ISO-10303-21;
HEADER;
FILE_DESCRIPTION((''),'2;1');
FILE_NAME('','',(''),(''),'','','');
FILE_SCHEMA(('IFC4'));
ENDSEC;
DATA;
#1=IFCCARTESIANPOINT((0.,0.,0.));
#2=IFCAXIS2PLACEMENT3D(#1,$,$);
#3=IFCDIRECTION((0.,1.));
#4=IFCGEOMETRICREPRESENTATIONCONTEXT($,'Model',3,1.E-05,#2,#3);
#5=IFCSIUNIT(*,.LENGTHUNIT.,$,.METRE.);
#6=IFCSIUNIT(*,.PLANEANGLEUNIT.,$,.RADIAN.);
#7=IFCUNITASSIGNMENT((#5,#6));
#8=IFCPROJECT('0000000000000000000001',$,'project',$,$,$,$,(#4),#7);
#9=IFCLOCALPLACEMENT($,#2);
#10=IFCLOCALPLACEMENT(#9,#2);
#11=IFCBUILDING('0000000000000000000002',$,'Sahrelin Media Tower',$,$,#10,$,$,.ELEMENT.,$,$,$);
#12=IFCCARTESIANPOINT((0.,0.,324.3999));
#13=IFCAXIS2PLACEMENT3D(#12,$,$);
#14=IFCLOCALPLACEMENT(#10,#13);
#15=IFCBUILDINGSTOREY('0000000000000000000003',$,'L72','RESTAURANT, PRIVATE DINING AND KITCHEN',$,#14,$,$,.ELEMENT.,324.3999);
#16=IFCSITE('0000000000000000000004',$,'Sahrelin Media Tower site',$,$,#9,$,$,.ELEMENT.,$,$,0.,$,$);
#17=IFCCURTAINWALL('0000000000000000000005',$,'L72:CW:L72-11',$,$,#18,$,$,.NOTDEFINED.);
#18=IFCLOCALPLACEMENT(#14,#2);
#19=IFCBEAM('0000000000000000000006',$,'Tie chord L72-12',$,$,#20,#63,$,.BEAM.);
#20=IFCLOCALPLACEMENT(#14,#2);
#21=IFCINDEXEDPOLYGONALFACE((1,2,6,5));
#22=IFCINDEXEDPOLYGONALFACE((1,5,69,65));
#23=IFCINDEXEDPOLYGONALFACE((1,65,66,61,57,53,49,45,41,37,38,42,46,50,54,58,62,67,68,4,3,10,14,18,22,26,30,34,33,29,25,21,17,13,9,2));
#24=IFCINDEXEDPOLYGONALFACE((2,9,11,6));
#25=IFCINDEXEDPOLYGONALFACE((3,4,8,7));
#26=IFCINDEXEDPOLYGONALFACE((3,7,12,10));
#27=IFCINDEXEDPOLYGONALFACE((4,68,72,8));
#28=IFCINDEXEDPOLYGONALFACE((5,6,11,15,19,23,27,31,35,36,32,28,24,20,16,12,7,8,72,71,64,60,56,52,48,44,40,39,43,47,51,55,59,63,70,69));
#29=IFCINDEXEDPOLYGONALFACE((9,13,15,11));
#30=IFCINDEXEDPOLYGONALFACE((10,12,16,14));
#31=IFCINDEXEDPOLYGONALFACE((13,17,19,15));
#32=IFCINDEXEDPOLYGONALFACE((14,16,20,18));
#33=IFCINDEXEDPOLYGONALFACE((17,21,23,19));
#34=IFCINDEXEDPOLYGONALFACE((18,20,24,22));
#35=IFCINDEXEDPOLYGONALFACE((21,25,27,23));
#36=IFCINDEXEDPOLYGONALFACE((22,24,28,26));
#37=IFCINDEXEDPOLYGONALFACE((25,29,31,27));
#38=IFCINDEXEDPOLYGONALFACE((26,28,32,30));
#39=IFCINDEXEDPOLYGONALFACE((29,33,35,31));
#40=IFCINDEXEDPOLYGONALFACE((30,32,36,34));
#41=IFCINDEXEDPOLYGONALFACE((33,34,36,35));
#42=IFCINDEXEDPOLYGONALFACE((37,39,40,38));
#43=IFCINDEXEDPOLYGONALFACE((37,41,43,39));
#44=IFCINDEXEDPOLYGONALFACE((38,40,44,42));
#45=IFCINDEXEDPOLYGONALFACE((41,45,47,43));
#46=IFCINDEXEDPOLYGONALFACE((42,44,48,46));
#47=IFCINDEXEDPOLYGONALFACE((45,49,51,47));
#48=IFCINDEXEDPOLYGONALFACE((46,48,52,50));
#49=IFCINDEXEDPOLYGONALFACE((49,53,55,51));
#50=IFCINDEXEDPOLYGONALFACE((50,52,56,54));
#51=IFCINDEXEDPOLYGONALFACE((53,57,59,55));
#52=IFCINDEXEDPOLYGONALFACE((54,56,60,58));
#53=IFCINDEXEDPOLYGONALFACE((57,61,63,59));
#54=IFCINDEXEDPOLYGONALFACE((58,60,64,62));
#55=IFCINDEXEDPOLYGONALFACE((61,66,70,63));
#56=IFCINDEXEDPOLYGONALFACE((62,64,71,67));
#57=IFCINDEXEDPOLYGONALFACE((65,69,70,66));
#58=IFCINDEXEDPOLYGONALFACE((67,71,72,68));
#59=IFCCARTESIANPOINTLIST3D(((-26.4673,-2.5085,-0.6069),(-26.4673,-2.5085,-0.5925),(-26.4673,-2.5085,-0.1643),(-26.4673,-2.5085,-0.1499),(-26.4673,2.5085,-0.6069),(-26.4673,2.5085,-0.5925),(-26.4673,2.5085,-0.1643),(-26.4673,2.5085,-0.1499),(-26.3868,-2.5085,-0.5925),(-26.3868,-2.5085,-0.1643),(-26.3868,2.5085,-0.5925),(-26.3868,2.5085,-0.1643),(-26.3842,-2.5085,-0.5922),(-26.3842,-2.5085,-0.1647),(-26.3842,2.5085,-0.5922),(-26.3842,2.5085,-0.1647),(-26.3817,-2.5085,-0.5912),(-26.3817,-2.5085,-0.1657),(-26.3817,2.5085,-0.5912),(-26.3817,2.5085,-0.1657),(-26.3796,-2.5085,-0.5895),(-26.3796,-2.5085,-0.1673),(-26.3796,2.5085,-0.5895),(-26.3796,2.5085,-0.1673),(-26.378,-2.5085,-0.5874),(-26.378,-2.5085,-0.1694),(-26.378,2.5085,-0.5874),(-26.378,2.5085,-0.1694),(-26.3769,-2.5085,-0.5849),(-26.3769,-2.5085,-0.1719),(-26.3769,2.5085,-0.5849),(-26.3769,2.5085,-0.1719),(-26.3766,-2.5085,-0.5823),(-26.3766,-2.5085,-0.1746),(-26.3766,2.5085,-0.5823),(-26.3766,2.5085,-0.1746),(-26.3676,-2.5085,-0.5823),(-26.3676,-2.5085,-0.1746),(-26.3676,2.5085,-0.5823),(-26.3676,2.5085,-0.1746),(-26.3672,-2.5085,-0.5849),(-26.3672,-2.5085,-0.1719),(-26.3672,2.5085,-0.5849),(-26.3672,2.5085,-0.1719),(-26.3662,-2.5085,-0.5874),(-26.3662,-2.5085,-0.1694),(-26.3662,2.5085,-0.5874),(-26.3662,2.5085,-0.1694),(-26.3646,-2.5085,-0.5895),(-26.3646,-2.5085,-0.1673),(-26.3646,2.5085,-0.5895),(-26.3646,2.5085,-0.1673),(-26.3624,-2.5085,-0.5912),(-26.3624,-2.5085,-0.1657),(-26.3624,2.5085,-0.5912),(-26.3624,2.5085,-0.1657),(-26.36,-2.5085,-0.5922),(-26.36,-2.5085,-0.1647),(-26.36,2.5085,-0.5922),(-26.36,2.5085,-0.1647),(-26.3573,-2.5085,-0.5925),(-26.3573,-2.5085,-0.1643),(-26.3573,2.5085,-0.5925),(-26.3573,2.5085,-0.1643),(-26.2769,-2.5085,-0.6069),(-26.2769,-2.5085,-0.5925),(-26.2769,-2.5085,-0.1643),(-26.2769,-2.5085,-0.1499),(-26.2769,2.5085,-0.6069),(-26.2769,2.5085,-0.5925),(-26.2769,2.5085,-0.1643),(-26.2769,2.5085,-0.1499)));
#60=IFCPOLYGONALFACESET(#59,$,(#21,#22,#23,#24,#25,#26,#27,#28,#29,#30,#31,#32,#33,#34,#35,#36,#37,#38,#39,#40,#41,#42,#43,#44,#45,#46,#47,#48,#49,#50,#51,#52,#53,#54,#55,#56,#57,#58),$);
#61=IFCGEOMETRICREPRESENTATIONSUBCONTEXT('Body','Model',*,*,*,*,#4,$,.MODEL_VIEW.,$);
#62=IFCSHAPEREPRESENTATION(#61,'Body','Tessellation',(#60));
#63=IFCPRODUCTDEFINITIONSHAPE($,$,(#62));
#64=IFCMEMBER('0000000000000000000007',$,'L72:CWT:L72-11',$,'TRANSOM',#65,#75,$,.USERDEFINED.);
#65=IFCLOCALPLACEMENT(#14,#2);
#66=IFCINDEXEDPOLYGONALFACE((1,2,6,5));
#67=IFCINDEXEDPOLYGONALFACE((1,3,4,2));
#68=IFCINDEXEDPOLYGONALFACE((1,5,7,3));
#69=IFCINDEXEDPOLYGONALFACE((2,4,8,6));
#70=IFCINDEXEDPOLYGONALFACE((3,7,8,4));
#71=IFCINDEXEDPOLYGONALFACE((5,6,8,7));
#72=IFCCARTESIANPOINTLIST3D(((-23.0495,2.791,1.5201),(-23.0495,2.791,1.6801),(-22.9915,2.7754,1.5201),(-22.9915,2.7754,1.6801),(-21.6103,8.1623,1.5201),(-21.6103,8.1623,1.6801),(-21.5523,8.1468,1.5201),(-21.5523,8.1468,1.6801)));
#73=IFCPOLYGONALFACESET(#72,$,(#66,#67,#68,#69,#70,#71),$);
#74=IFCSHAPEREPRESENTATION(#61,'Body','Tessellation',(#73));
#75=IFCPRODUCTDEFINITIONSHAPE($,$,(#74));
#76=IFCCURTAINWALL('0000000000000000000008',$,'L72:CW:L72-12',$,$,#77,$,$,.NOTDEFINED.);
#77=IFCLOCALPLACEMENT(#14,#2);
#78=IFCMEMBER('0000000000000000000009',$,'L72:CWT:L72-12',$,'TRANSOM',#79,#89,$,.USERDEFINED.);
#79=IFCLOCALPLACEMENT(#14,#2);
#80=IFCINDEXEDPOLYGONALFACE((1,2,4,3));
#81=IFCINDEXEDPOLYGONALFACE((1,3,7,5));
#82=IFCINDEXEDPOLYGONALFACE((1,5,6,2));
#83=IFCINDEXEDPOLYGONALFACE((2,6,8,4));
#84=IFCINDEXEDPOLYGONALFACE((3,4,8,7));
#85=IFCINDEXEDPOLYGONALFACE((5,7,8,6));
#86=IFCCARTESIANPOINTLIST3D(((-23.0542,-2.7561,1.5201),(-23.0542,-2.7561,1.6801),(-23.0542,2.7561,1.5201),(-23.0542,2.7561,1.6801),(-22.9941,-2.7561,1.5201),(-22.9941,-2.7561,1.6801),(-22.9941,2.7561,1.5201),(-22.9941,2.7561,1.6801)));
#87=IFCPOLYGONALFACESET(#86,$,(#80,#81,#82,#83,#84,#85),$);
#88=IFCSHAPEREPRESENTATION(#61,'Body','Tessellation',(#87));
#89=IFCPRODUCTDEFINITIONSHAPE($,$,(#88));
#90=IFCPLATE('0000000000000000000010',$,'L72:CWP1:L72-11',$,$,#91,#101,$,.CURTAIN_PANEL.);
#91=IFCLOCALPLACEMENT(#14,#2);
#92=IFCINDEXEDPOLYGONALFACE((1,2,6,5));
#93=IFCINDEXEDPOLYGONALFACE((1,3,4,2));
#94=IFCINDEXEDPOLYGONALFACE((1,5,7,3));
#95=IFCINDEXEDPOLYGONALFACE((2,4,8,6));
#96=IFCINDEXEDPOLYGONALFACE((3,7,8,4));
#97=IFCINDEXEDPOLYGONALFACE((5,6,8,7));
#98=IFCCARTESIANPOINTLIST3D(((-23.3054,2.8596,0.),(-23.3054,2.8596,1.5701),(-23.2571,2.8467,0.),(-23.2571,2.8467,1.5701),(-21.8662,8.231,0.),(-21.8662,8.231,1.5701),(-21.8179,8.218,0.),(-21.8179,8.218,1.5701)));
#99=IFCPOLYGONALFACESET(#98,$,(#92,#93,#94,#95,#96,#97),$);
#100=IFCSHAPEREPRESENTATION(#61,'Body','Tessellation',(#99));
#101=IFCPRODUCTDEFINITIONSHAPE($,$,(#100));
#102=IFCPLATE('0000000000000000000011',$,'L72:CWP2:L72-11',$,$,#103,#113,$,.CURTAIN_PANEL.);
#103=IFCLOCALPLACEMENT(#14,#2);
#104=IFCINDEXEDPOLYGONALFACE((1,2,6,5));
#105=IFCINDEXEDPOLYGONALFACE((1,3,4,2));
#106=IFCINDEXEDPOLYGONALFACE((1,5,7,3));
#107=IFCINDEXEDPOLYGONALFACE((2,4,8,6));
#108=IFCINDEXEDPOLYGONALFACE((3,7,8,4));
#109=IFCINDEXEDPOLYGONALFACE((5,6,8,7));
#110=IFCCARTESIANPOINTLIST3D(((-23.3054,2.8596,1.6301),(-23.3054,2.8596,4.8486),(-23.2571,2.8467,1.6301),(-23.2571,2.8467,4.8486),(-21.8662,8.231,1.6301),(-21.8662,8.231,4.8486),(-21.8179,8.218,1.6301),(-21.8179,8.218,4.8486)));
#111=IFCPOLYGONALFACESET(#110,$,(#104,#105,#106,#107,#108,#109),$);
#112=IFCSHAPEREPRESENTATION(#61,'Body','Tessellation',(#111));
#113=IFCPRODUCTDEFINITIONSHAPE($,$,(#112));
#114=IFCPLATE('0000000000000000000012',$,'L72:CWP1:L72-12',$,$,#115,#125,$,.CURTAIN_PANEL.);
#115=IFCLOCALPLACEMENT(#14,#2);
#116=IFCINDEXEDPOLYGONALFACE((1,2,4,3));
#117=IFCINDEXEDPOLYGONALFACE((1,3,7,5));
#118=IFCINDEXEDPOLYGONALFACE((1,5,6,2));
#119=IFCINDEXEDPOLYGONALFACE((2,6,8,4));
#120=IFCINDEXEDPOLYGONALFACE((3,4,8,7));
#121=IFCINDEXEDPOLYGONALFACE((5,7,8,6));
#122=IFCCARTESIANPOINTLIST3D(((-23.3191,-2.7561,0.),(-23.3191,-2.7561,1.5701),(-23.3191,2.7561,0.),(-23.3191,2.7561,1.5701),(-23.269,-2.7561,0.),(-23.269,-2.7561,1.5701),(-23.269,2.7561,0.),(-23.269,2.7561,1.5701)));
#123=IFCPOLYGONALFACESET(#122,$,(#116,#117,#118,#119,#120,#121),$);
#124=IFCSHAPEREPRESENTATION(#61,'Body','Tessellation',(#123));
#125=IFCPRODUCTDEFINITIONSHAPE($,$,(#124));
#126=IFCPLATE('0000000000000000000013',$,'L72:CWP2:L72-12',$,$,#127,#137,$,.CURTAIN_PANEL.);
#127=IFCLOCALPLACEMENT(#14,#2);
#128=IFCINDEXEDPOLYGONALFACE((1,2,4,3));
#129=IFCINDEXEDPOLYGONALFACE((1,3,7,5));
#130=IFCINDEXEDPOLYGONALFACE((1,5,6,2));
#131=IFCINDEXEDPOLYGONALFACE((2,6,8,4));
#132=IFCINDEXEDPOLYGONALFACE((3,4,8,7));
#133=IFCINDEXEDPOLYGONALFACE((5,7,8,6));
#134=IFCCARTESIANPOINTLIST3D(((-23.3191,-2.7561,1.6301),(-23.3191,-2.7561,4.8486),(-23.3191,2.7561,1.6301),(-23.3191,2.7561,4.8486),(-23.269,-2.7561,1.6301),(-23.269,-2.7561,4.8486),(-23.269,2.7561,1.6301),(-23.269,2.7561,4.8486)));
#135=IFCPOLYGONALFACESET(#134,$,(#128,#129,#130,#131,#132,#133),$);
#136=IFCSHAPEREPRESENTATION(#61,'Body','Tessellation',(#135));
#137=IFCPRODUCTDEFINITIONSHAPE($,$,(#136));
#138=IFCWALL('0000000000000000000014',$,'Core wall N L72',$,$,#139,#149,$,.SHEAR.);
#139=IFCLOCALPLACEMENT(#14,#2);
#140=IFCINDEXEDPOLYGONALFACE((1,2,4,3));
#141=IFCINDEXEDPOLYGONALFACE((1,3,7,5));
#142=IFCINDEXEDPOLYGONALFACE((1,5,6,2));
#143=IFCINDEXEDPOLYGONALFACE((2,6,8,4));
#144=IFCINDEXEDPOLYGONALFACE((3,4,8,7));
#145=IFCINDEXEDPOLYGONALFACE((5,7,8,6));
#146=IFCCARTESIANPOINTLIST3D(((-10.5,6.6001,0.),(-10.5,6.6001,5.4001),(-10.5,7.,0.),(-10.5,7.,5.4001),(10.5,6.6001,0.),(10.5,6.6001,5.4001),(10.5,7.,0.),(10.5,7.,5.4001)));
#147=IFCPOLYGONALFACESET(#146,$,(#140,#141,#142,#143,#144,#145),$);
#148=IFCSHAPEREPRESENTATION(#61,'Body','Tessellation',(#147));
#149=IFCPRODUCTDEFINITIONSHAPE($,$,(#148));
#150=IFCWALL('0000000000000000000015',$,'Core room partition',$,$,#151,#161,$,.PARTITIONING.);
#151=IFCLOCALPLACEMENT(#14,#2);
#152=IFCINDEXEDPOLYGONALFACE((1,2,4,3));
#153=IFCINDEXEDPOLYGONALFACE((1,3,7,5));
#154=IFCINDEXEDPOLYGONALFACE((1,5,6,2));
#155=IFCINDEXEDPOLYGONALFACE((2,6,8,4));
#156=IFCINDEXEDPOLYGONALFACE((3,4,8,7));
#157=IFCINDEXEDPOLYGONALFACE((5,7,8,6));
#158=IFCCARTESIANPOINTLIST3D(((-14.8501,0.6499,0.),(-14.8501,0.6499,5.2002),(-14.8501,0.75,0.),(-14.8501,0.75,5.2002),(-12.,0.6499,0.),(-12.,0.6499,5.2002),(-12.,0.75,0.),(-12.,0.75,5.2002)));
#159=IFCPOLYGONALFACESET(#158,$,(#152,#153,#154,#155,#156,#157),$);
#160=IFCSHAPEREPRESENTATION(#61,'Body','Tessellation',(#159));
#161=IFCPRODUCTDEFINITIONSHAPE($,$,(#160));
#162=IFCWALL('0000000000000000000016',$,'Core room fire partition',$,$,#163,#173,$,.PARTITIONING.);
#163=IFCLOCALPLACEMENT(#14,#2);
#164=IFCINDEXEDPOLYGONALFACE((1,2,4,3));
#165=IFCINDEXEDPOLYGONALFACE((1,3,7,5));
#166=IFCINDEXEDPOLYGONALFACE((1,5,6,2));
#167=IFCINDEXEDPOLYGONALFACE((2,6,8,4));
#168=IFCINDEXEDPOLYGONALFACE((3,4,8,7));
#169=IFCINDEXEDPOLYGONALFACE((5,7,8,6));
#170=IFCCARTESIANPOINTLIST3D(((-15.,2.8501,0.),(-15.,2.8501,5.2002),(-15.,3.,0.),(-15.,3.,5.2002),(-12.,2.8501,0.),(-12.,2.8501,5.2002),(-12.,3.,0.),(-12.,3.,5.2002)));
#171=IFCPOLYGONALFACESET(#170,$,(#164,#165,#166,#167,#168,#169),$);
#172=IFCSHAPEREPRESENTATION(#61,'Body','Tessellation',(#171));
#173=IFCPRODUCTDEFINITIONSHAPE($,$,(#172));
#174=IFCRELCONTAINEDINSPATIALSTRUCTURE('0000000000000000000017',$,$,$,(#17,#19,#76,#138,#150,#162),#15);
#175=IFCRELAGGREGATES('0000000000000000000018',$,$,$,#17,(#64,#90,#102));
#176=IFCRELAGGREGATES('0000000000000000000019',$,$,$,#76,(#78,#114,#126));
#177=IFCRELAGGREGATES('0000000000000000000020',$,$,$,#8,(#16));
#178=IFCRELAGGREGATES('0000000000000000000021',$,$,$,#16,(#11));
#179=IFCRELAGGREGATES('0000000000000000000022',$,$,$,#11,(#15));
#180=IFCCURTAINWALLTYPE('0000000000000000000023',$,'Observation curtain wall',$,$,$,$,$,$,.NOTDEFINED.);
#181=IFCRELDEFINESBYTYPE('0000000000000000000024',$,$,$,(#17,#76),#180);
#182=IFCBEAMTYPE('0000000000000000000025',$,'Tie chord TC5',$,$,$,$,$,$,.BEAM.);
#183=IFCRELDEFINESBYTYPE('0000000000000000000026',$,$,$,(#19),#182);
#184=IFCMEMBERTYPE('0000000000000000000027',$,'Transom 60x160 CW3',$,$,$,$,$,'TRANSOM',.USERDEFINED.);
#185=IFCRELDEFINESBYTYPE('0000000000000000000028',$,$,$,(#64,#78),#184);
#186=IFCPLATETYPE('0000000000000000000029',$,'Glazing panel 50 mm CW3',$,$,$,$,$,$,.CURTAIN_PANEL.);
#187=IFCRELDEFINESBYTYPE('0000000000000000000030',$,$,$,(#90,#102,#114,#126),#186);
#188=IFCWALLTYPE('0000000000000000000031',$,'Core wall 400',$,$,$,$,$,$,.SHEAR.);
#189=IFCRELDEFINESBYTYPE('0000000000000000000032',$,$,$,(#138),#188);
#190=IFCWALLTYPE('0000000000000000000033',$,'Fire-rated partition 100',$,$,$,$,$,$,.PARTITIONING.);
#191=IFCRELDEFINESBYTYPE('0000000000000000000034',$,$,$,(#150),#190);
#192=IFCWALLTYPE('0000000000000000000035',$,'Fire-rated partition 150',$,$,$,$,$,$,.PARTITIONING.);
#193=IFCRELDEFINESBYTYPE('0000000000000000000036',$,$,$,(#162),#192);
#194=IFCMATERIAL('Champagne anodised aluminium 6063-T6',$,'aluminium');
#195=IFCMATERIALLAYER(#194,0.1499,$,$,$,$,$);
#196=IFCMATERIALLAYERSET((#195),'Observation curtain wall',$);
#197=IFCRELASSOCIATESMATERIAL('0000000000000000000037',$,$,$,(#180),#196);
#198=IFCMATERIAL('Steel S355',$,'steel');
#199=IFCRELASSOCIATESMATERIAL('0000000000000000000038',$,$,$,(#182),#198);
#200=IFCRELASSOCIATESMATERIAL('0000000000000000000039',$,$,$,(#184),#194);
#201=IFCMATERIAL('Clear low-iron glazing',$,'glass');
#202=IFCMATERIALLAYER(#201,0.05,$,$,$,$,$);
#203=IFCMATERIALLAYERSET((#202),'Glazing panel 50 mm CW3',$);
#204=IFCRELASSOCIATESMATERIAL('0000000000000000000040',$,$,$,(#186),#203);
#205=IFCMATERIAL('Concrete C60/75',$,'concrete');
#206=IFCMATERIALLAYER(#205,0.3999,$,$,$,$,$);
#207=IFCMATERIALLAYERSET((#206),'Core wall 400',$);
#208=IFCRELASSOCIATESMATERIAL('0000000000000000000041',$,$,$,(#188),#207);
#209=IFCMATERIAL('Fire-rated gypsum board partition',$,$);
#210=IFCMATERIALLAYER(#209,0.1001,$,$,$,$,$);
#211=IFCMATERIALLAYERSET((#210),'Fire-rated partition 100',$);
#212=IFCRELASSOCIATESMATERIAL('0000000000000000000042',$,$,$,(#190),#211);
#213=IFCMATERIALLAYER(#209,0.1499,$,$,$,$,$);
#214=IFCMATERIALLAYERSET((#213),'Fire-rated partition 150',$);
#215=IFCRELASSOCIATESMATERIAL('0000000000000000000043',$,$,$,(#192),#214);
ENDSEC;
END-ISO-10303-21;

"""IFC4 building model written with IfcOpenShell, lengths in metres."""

from ifc_helpers import new_model, si_unit, direction, frame, frame_2d, origin, origin_2d, place, context, subcontext, project, spatial, polyline, rectangle, i_section, outline, extrude, material, layer, layer_set, material_profile, profile_set, type_object, element, aggregate, save


model = new_model("IFC4")

# Units and contexts
model_context = context("Model", 3, precision=1e-05, world=origin(), true_north=direction((0.0, 1.0)))
body_context = subcontext(model_context, "Body", "Model", "MODEL_VIEW")
ifc_project = project(units=[si_unit("LENGTHUNIT", "METRE"), si_unit("PLANEANGLEUNIT", "RADIAN")], contexts=[model_context])

# Site, building, storey
site_placement = place(None, origin())
site = spatial("IfcSite", under=ifc_project, at=site_placement, Name="Sahrelin Media Tower site", CompositionType="ELEMENT", RefElevation=0.0)
building_placement = place(site_placement, origin())
building = spatial("IfcBuilding", under=site, at=building_placement, Name="Sahrelin Media Tower", CompositionType="ELEMENT")
storey_placement = place(building_placement, frame((0.0, 0.0, 324.3999)))
storey = spatial("IfcBuildingStorey", under=building, at=storey_placement, Name="L72", Description="RESTAURANT, PRIVATE DINING AND KITCHEN", CompositionType="ELEMENT", Elevation=324.3999)

# Shared definitions
ifc_material_1 = material(Name="Steel S355", Category="steel")

# Curtain wall
ifc_material_2 = material(Name="Champagne anodised aluminium 6063-T6", Category="aluminium")
ifc_layer_1 = layer(ifc_material_2, 0.1499)
ifc_layer_set_1 = layer_set([ifc_layer_1], Name="Observation curtain wall")
curtain_wall_type = type_object("IfcCurtainWallType", Name="Observation curtain wall", PredefinedType="NOTDEFINED", material=ifc_layer_set_1)
curtain_wall_1_placement = place(storey_placement, frame((-22.5664, 5.5403, 0.0), z_axis=(0.0, 0.0, 1.0), x_axis=(1.0, 0.0, 0.0)))
curtain_wall_1 = element("IfcCurtainWall", 1, at=curtain_wall_1_placement, inside=storey, type_object=curtain_wall_type, Name="L72:CW:L72-11", PredefinedType="NOTDEFINED")

# Beam
ifc_material_profile_1 = material_profile(ifc_material_1, i_section(OverallWidth=0.1904, OverallDepth=0.457, WebThickness=0.009, FlangeThickness=0.0144, FilletRadius=0.0103, at=origin_2d()), Name="UB 457x191x74")
ifc_profile_set_1 = profile_set([ifc_material_profile_1], Name="Steel S355")
beam_type_1 = type_object("IfcBeamType", Name="Tie chord TC5", PredefinedType="BEAM", material=ifc_profile_set_1)
beam_1_placement = place(storey_placement, frame((-26.3721, 2.5085, -0.3784), z_axis=(0.0, -1.0, 0.0), x_axis=(1.0, 0.0, 0.0)))
element("IfcBeam", 2, at=beam_1_placement, inside=storey, type_object=beam_type_1, Name="Tie chord L72-12", PredefinedType="BEAM", context=body_context, shape_type="SweptSolid", body=[
    extrude(i_section(OverallWidth=0.1904, OverallDepth=0.457, WebThickness=0.009, FlangeThickness=0.0144, FilletRadius=0.0103, at=origin_2d()), origin(), (0.0, 0.0, 1.0), 5.0171),
])

# Member
ifc_material_profile_2 = material_profile(ifc_material_2, rectangle(XDim=0.0601, YDim=0.1599, at=origin_2d()), Name="Transom 60x160")
ifc_profile_set_2 = profile_set([ifc_material_profile_2], Name="Champagne anodised aluminium 6063-T6")
member_type_1 = type_object("IfcMemberType", Name="Transom 60x160 CW3", ElementType="TRANSOM", PredefinedType="USERDEFINED", material=ifc_profile_set_2)
member_1_placement = place(storey_placement, frame((-21.5813, 8.1545, 1.6001), z_axis=(-0.258813, -0.965927, 0.0), x_axis=(0.965927, -0.258813, 0.0)))
member_1 = element("IfcMember", 3, at=member_1_placement, type_object=member_type_1, Name="L72:CWT:L72-11", ObjectType="TRANSOM", PredefinedType="USERDEFINED", context=body_context, shape_type="SweptSolid", body=[
    extrude(rectangle(XDim=0.0601, YDim=0.1599, at=origin_2d()), origin(), (0.0, 0.0, 1.0), 5.5608),
])

# Curtain wall, member
curtain_wall_2_placement = place(storey_placement, frame((-23.2991, 0.0, 0.0), z_axis=(0.0, 0.0, 1.0), x_axis=(1.0, 0.0, 0.0)))
curtain_wall_2 = element("IfcCurtainWall", 4, at=curtain_wall_2_placement, inside=storey, type_object=curtain_wall_type, Name="L72:CW:L72-12", PredefinedType="NOTDEFINED")
member_2_placement = place(storey_placement, frame((-23.0242, 2.7561, 1.6001), z_axis=(0.0, -1.0, 0.0), x_axis=(1.0, 0.0, 0.0)))
member_2 = element("IfcMember", 5, at=member_2_placement, type_object=member_type_1, Name="L72:CWT:L72-12", ObjectType="TRANSOM", PredefinedType="USERDEFINED", context=body_context, shape_type="SweptSolid", body=[
    extrude(rectangle(XDim=0.0601, YDim=0.1599, at=origin_2d()), origin(), (0.0, 0.0, 1.0), 5.5122),
])

# Plates
ifc_material_3 = material(Name="Clear low-iron glazing", Category="glass")
ifc_layer_2 = layer(ifc_material_3, 0.05)
ifc_layer_set_2 = layer_set([ifc_layer_2], Name="Glazing panel 50 mm CW3")
plate_type = type_object("IfcPlateType", Name="Glazing panel 50 mm CW3", PredefinedType="CURTAIN_PANEL", material=ifc_layer_set_2)
plate_1_placement = place(storey_placement, frame((-21.8662, 8.231, 0.0), z_axis=(-0.965927, 0.258813, 0.0), x_axis=(-0.258813, -0.965927, 0.0)))
plate_1 = element("IfcPlate", 6, at=plate_1_placement, type_object=plate_type, Name="L72:CWP1:L72-11", PredefinedType="CURTAIN_PANEL", context=body_context, shape_type="SweptSolid", body=[
    extrude(outline(polyline([(0.0, 0.0), (5.5608, 0.0), (5.5608, 1.5701), (0.0, 1.5701), (0.0, 0.0)])), origin(), (0.0, 0.0, -1.0), 0.05),
])
plate_2_placement = place(storey_placement, frame((-21.8662, 8.231, 1.6301), z_axis=(-0.965927, 0.258813, 0.0), x_axis=(-0.258813, -0.965927, 0.0)))
plate_2 = element("IfcPlate", 7, at=plate_2_placement, type_object=plate_type, Name="L72:CWP2:L72-11", PredefinedType="CURTAIN_PANEL", context=body_context, shape_type="SweptSolid", body=[
    extrude(outline(polyline([(0.0, 0.0), (5.5608, 0.0), (5.5608, 3.2185), (0.0, 3.2185), (0.0, 0.0)])), origin(), (0.0, 0.0, -1.0), 0.05),
])
aggregate(curtain_wall_1, [member_1, plate_1, plate_2])
plate_3_placement = place(storey_placement, frame((-23.3191, 2.7561, 0.0), z_axis=(-1.0, 0.0, 0.0), x_axis=(0.0, -1.0, 0.0)))
plate_3 = element("IfcPlate", 8, at=plate_3_placement, type_object=plate_type, Name="L72:CWP1:L72-12", PredefinedType="CURTAIN_PANEL", context=body_context, shape_type="SweptSolid", body=[
    extrude(outline(polyline([(0.0, 0.0), (5.5122, 0.0), (5.5122, 1.5701), (0.0, 1.5701), (0.0, 0.0)])), origin(), (0.0, 0.0, -1.0), 0.05),
])
plate_4_placement = place(storey_placement, frame((-23.3191, 2.7561, 1.6301), z_axis=(-1.0, 0.0, 0.0), x_axis=(0.0, -1.0, 0.0)))
plate_4 = element("IfcPlate", 9, at=plate_4_placement, type_object=plate_type, Name="L72:CWP2:L72-12", PredefinedType="CURTAIN_PANEL", context=body_context, shape_type="SweptSolid", body=[
    extrude(outline(polyline([(0.0, 0.0), (5.5122, 0.0), (5.5122, 3.2185), (0.0, 3.2185), (0.0, 0.0)])), origin(), (0.0, 0.0, -1.0), 0.05),
])
aggregate(curtain_wall_2, [member_2, plate_3, plate_4])

# Walls
ifc_material_4 = material(Name="Concrete C60/75", Category="concrete")
ifc_layer_3 = layer(ifc_material_4, 0.3999)
ifc_layer_set_3 = layer_set([ifc_layer_3], Name="Core wall 400")
wall_type_1 = type_object("IfcWallType", Name="Core wall 400", PredefinedType="SHEAR", material=ifc_layer_set_3)
wall_1_placement = place(storey_placement, frame((-10.5, 6.8, 0.0), z_axis=(0.0, 0.0, 1.0), x_axis=(1.0, 0.0, 0.0)))
element("IfcWall", 10, at=wall_1_placement, inside=storey, type_object=wall_type_1, Name="Core wall N L72", PredefinedType="SHEAR", context=body_context, shape_type="SweptSolid", body=[
    extrude(rectangle(XDim=21.0, YDim=0.3999, at=frame_2d((10.5, 0.0))), origin(), (0.0, 0.0, 1.0), 5.4001),
])
ifc_material_5 = material(Name="Fire-rated gypsum board partition")
ifc_layer_4 = layer(ifc_material_5, 0.1001)
ifc_layer_set_4 = layer_set([ifc_layer_4], Name="Fire-rated partition 100")
wall_type_2 = type_object("IfcWallType", Name="Fire-rated partition 100", PredefinedType="PARTITIONING", material=ifc_layer_set_4)
wall_2_placement = place(storey_placement, frame((-14.8501, 0.7, 0.0), z_axis=(0.0, 0.0, 1.0), x_axis=(1.0, 0.0, 0.0)))
element("IfcWall", 11, at=wall_2_placement, inside=storey, type_object=wall_type_2, Name="Core room partition", PredefinedType="PARTITIONING", context=body_context, shape_type="SweptSolid", body=[
    extrude(rectangle(XDim=2.8501, YDim=0.1001, at=frame_2d((1.425, 0.0))), origin(), (0.0, 0.0, 1.0), 5.2002),
])
ifc_layer_5 = layer(ifc_material_5, 0.1499)
ifc_layer_set_5 = layer_set([ifc_layer_5], Name="Fire-rated partition 150")
wall_type_3 = type_object("IfcWallType", Name="Fire-rated partition 150", PredefinedType="PARTITIONING", material=ifc_layer_set_5)
wall_3_placement = place(storey_placement, frame((-15.0, 2.925, 0.0), z_axis=(0.0, 0.0, 1.0), x_axis=(1.0, 0.0, 0.0)))
element("IfcWall", 12, at=wall_3_placement, inside=storey, type_object=wall_type_3, Name="Core room fire partition", PredefinedType="PARTITIONING", context=body_context, shape_type="SweptSolid", body=[
    extrude(rectangle(XDim=3.0, YDim=0.1499, at=frame_2d((1.5, 0.0))), origin(), (0.0, 0.0, 1.0), 5.2002),
])

save(model, "model.ifc")
